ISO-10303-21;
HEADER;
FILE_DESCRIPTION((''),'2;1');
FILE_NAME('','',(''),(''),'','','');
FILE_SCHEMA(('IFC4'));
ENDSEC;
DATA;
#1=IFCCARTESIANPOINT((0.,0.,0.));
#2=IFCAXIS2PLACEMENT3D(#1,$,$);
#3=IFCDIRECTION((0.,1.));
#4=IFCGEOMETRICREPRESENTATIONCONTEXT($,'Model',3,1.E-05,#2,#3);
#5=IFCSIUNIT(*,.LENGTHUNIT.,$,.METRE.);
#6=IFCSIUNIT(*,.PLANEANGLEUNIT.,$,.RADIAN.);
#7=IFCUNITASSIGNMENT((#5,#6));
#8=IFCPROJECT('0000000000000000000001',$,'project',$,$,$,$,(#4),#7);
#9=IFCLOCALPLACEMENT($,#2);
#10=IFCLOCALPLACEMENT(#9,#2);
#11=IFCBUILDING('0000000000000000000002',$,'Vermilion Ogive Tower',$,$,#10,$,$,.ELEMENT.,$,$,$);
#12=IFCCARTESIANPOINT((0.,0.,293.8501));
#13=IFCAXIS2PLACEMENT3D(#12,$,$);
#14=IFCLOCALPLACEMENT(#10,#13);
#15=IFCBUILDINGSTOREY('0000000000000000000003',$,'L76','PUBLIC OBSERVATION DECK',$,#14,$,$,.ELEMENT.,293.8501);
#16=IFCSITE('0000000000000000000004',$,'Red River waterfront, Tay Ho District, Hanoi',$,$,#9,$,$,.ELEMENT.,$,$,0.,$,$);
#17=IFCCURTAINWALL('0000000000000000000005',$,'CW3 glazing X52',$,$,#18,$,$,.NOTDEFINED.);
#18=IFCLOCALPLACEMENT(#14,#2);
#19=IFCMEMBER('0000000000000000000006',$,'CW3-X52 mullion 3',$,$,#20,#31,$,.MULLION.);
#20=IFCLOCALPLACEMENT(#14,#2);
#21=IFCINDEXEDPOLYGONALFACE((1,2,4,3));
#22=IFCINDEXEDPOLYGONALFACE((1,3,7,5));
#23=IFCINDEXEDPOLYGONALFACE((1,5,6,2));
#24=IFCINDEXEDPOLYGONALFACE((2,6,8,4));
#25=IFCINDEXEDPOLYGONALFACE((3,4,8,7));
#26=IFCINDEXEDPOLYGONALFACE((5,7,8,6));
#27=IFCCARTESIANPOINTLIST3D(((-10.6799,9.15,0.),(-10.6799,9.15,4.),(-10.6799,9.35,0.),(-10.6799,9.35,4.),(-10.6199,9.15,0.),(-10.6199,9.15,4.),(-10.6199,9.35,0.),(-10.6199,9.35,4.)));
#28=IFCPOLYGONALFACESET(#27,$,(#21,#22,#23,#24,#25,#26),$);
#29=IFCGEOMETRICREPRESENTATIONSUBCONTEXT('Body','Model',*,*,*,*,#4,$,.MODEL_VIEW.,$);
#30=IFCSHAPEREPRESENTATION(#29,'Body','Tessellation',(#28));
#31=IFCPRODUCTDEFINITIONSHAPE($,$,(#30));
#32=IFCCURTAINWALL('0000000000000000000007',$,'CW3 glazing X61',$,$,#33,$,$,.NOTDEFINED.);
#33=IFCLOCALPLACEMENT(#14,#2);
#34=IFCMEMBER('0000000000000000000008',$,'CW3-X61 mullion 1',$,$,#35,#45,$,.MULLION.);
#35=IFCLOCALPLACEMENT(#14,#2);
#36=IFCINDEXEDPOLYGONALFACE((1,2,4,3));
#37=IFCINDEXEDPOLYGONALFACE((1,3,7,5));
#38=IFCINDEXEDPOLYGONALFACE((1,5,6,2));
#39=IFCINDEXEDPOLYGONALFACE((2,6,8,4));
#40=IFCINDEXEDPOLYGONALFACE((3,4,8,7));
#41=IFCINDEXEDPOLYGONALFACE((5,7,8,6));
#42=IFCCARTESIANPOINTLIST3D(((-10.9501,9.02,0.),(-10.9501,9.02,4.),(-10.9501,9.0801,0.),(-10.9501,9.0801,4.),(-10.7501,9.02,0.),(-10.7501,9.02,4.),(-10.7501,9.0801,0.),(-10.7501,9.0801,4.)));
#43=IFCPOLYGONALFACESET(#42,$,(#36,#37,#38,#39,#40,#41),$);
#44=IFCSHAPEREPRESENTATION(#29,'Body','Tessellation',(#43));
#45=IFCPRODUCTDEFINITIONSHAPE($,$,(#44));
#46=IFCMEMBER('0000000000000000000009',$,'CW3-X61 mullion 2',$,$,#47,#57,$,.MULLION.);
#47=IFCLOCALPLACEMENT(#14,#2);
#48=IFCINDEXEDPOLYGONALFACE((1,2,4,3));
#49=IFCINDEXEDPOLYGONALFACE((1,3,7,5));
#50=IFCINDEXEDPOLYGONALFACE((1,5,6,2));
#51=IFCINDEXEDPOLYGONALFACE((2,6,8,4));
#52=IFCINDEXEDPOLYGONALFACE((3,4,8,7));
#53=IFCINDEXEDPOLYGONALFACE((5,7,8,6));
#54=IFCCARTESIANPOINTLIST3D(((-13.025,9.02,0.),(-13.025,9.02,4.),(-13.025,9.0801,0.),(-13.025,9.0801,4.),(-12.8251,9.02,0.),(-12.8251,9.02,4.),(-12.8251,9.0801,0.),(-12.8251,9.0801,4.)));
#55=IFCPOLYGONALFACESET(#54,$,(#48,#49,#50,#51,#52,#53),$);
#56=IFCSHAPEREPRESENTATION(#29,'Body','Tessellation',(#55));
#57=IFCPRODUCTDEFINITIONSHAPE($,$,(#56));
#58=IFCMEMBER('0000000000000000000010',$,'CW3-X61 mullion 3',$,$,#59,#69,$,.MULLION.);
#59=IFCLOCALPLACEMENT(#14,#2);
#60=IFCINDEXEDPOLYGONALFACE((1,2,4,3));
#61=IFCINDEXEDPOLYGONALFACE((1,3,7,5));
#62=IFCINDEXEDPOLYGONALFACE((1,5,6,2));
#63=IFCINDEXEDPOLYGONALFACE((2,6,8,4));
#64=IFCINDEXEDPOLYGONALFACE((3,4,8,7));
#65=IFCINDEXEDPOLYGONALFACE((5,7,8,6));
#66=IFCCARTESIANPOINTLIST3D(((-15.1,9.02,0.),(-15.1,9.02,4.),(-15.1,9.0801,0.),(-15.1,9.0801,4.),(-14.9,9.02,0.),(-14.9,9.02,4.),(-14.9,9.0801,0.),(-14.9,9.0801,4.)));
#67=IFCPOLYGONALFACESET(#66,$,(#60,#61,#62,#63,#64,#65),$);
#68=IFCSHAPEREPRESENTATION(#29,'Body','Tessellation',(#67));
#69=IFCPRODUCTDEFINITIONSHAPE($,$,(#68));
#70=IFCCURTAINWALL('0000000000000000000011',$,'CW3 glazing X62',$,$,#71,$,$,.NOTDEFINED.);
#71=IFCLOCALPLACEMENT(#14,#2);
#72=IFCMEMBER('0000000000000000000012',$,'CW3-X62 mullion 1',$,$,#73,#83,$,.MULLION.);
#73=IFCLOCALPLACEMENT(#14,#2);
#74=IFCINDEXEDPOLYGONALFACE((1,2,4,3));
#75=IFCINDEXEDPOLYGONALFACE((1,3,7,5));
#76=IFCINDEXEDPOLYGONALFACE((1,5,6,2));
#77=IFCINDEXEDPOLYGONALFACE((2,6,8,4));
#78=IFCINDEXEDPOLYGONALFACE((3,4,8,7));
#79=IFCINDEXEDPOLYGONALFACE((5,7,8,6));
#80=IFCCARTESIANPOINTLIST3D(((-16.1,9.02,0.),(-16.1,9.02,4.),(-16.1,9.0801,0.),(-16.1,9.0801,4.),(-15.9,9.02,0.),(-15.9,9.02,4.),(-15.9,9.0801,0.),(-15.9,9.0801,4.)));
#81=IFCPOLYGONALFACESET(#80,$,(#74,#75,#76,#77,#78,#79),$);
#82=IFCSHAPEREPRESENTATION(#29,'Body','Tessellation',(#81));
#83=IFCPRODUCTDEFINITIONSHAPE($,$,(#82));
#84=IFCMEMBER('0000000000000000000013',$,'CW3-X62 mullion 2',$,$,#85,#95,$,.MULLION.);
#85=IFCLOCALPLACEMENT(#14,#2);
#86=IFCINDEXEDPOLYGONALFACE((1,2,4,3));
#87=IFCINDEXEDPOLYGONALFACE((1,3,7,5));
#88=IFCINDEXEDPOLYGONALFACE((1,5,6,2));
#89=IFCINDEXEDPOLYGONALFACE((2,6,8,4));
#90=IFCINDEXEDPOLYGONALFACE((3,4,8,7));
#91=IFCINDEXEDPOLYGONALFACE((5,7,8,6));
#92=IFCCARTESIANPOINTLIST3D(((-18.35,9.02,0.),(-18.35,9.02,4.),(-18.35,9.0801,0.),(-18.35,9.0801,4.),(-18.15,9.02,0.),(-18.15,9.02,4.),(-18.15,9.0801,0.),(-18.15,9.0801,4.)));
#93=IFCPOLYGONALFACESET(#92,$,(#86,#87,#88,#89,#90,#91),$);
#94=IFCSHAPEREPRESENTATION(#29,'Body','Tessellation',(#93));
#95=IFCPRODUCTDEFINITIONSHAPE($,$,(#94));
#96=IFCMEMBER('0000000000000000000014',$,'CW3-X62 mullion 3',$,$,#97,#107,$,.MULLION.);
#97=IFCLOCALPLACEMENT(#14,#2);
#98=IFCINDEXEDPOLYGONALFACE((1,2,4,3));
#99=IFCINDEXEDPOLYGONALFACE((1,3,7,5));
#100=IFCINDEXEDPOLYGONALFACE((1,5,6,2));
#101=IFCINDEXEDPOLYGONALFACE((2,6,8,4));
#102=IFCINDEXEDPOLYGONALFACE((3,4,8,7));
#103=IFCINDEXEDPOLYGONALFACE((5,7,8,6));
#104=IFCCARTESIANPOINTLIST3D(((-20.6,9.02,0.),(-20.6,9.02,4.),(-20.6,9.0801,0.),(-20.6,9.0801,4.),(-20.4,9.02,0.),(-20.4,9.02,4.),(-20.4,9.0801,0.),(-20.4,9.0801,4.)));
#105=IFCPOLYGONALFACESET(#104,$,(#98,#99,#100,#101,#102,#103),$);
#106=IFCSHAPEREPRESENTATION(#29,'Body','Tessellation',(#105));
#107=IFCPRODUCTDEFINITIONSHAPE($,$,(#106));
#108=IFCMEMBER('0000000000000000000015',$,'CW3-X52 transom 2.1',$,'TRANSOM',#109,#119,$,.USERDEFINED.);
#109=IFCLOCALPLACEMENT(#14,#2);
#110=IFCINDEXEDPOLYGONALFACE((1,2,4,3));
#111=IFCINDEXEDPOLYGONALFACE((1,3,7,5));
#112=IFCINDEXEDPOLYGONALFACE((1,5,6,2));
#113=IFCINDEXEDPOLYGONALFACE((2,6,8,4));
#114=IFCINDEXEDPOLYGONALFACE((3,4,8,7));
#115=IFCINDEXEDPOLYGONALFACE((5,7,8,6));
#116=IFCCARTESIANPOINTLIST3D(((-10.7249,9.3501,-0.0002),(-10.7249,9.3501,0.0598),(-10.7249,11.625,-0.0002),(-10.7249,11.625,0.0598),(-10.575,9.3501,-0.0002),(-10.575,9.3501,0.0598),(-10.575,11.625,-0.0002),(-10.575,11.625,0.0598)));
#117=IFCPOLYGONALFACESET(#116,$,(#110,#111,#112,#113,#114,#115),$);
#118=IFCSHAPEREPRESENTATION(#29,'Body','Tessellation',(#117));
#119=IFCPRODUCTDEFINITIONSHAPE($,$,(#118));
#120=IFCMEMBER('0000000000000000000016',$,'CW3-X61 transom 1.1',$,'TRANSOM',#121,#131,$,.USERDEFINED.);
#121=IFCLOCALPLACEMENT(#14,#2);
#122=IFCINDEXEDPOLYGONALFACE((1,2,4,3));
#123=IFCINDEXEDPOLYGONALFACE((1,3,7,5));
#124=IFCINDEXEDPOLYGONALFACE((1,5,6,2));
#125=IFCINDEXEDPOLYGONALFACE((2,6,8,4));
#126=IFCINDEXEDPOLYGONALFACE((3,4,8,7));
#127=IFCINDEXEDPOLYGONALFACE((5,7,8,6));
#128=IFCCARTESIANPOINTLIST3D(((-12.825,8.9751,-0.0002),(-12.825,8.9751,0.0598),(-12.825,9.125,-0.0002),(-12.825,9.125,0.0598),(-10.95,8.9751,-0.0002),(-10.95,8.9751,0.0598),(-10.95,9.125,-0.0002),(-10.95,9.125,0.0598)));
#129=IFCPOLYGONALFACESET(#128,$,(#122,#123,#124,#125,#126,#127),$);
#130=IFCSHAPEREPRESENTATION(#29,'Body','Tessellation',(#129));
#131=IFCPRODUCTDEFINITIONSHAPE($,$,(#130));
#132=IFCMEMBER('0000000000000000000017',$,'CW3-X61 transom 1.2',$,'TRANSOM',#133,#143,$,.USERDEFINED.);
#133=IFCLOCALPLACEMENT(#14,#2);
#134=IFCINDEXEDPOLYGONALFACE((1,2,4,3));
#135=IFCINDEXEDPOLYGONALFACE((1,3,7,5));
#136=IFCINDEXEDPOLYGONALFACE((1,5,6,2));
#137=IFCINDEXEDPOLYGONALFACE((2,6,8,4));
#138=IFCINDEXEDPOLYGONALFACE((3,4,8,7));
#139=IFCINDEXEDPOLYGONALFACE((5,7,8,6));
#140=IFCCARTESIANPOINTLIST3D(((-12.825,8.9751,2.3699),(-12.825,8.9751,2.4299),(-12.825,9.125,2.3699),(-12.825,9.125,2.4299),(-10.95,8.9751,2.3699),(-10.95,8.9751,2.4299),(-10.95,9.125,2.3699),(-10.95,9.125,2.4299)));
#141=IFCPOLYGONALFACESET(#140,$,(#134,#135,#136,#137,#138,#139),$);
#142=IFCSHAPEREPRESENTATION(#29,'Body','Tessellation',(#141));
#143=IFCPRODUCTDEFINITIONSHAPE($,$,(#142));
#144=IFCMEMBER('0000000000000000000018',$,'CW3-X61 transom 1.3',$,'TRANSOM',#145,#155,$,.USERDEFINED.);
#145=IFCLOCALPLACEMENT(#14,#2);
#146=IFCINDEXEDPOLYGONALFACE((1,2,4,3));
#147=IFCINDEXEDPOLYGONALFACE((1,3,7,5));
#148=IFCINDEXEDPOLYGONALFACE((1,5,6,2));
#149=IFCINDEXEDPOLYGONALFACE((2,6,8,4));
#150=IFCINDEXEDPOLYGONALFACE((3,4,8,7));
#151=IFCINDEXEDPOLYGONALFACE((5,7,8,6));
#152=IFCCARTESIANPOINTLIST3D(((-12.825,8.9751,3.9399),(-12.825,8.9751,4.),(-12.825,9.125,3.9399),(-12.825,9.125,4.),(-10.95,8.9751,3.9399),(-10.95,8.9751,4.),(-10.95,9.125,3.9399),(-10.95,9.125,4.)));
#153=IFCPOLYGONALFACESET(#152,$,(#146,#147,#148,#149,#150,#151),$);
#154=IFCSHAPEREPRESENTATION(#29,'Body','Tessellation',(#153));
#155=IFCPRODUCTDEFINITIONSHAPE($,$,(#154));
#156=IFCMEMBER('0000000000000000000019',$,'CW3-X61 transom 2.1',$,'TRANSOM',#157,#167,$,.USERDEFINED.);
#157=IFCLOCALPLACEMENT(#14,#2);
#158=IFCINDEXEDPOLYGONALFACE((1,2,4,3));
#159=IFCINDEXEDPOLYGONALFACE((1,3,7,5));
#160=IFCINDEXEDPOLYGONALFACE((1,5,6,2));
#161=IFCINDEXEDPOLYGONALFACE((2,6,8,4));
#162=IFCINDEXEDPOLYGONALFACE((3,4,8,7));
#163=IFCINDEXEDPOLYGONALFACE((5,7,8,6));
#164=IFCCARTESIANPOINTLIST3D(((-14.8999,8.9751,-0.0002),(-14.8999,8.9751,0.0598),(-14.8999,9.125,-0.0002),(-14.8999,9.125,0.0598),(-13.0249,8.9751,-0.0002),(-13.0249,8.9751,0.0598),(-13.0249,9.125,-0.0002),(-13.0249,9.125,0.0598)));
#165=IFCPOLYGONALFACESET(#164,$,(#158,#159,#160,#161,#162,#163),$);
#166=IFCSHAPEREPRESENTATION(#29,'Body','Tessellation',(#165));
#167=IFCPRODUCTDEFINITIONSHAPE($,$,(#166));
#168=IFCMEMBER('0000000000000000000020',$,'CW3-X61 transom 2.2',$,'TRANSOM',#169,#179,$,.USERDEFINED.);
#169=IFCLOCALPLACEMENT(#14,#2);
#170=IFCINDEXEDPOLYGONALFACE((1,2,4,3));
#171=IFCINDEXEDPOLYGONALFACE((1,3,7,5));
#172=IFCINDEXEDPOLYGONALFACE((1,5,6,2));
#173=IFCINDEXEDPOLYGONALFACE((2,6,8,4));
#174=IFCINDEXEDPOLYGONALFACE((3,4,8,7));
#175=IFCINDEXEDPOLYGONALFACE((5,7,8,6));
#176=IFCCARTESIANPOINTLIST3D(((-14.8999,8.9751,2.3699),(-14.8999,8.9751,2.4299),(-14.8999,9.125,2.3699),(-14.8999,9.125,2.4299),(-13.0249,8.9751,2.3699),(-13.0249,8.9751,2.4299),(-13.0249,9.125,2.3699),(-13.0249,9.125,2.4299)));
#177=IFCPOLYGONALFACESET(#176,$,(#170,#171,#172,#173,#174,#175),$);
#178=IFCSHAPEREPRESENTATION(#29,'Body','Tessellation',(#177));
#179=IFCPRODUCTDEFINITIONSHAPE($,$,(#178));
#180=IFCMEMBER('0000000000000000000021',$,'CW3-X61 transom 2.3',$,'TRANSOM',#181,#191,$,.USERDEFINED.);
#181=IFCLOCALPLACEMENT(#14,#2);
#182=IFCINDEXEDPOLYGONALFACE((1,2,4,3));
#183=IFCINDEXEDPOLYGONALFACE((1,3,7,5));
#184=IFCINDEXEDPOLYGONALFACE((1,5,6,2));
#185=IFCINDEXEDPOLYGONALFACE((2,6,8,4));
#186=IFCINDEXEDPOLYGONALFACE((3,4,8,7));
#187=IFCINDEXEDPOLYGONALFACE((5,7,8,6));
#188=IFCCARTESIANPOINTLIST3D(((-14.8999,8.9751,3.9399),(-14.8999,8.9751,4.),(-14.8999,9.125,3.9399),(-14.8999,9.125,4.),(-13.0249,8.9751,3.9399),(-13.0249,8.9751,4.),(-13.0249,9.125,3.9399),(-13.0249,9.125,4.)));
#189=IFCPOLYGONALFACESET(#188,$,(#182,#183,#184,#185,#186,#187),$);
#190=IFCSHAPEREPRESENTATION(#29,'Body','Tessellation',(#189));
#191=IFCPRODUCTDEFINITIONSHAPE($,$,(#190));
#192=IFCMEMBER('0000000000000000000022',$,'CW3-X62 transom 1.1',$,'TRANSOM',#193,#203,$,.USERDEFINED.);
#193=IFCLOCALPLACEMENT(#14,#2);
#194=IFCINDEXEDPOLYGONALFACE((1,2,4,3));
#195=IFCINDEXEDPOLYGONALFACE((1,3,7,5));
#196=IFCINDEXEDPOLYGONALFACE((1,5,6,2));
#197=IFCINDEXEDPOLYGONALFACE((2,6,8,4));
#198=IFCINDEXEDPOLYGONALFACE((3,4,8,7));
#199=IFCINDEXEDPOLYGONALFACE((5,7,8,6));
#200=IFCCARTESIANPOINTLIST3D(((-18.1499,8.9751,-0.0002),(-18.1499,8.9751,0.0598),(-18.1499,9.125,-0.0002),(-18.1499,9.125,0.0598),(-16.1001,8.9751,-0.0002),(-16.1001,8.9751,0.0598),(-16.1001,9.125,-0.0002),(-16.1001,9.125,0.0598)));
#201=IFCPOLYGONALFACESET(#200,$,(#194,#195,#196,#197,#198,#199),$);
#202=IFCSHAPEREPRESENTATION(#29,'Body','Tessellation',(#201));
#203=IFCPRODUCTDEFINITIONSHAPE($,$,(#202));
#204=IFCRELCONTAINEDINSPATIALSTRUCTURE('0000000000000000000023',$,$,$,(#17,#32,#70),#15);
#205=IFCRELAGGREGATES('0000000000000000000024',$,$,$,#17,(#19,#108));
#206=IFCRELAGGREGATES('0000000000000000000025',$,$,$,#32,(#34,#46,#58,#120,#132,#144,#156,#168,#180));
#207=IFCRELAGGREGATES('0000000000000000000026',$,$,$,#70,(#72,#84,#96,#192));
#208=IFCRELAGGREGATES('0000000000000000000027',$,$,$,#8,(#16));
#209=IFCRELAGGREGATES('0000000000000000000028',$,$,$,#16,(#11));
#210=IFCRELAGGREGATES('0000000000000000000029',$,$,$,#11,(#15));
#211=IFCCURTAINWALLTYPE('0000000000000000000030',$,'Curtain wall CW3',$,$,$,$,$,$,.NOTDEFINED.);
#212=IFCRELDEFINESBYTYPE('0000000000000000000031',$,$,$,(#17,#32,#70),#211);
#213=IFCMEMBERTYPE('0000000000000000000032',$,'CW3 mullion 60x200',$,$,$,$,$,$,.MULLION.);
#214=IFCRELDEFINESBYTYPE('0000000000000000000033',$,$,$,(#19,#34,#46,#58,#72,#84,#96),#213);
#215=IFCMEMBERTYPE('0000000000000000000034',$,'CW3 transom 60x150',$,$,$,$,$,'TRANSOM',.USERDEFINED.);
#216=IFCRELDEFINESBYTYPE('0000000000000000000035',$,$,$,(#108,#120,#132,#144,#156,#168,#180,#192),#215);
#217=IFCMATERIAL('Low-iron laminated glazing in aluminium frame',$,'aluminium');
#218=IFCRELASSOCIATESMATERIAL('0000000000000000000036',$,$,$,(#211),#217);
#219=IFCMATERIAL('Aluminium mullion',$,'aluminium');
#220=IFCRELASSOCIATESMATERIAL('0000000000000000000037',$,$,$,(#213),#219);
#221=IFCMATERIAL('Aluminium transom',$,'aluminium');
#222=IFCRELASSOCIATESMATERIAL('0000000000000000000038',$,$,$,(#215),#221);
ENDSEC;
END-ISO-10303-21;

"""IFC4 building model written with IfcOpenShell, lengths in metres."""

from ifc_helpers import new_model, si_unit, direction, frame, origin, origin_2d, place, context, subcontext, project, spatial, rectangle, extrude, material, material_profile, profile_set, type_object, element, aggregate, save


model = new_model("IFC4")

# Units and contexts
model_context = context("Model", 3, precision=1e-05, world=origin(), true_north=direction((0.0, 1.0)))
body_context = subcontext(model_context, "Body", "Model", "MODEL_VIEW")
ifc_project = project(units=[si_unit("LENGTHUNIT", "METRE"), si_unit("PLANEANGLEUNIT", "RADIAN")], contexts=[model_context])

# Site, building, storey
site_placement = place(None, origin())
site = spatial("IfcSite", under=ifc_project, at=site_placement, Name="Red River waterfront, Tay Ho District, Hanoi", CompositionType="ELEMENT", RefElevation=0.0)
building_placement = place(site_placement, origin())
building = spatial("IfcBuilding", under=site, at=building_placement, Name="Vermilion Ogive Tower", CompositionType="ELEMENT")
storey_placement = place(building_placement, frame((0.0, 0.0, 293.8501)))
storey = spatial("IfcBuildingStorey", under=building, at=storey_placement, Name="L76", Description="PUBLIC OBSERVATION DECK", CompositionType="ELEMENT", Elevation=293.8501)

# Curtain wall, member
ifc_material_1 = material(Name="Low-iron laminated glazing in aluminium frame", Category="aluminium")
curtain_wall_type = type_object("IfcCurtainWallType", Name="Curtain wall CW3", PredefinedType="NOTDEFINED", material=ifc_material_1)
curtain_wall_1_placement = place(storey_placement, origin())
curtain_wall_1 = element("IfcCurtainWall", 1, at=curtain_wall_1_placement, inside=storey, type_object=curtain_wall_type, Name="CW3 glazing X52", PredefinedType="NOTDEFINED")
ifc_material_2 = material(Name="Aluminium mullion", Category="aluminium")
ifc_material_profile_1 = material_profile(ifc_material_2, rectangle(XDim=0.0601, YDim=0.2, at=origin_2d()), Name="AL 60x200")
ifc_profile_set_1 = profile_set([ifc_material_profile_1], Name="Aluminium mullion")
member_type_1 = type_object("IfcMemberType", Name="CW3 mullion 60x200", PredefinedType="MULLION", material=ifc_profile_set_1)
member_1_placement = place(storey_placement, frame((-10.6499, 9.25, 0.0), z_axis=(0.0, 0.0, 1.0), x_axis=(1.0, 0.0, 0.0)))
member_1 = element("IfcMember", 2, at=member_1_placement, type_object=member_type_1, Name="CW3-X52 mullion 3", PredefinedType="MULLION", context=body_context, shape_type="SweptSolid", body=[
    extrude(rectangle(XDim=0.0601, YDim=0.2, at=origin_2d()), origin(), (0.0, 0.0, 1.0), 4.0),
])

# Curtain walls, members
curtain_wall_2_placement = place(storey_placement, origin())
curtain_wall_2 = element("IfcCurtainWall", 3, at=curtain_wall_2_placement, inside=storey, type_object=curtain_wall_type, Name="CW3 glazing X61", PredefinedType="NOTDEFINED")
member_2_placement = place(storey_placement, frame((-10.8501, 9.05, 0.0), z_axis=(0.0, 0.0, 1.0), x_axis=(0.0, -1.0, 0.0)))
member_2 = element("IfcMember", 4, at=member_2_placement, type_object=member_type_1, Name="CW3-X61 mullion 1", PredefinedType="MULLION", context=body_context, shape_type="SweptSolid", body=[
    extrude(rectangle(XDim=0.0601, YDim=0.2, at=origin_2d()), origin(), (0.0, 0.0, 1.0), 4.0),
])
member_3_placement = place(storey_placement, frame((-12.925, 9.05, 0.0), z_axis=(0.0, 0.0, 1.0), x_axis=(0.0, -1.0, 0.0)))
member_3 = element("IfcMember", 5, at=member_3_placement, type_object=member_type_1, Name="CW3-X61 mullion 2", PredefinedType="MULLION", context=body_context, shape_type="SweptSolid", body=[
    extrude(rectangle(XDim=0.0601, YDim=0.2, at=origin_2d()), origin(), (0.0, 0.0, 1.0), 4.0),
])
member_4_placement = place(storey_placement, frame((-15.0, 9.05, 0.0), z_axis=(0.0, 0.0, 1.0), x_axis=(0.0, -1.0, 0.0)))
member_4 = element("IfcMember", 6, at=member_4_placement, type_object=member_type_1, Name="CW3-X61 mullion 3", PredefinedType="MULLION", context=body_context, shape_type="SweptSolid", body=[
    extrude(rectangle(XDim=0.0601, YDim=0.2, at=origin_2d()), origin(), (0.0, 0.0, 1.0), 4.0),
])
curtain_wall_3_placement = place(storey_placement, origin())
curtain_wall_3 = element("IfcCurtainWall", 7, at=curtain_wall_3_placement, inside=storey, type_object=curtain_wall_type, Name="CW3 glazing X62", PredefinedType="NOTDEFINED")
member_5_placement = place(storey_placement, frame((-16.0, 9.05, 0.0), z_axis=(0.0, 0.0, 1.0), x_axis=(0.0, -1.0, 0.0)))
member_5 = element("IfcMember", 8, at=member_5_placement, type_object=member_type_1, Name="CW3-X62 mullion 1", PredefinedType="MULLION", context=body_context, shape_type="SweptSolid", body=[
    extrude(rectangle(XDim=0.0601, YDim=0.2, at=origin_2d()), origin(), (0.0, 0.0, 1.0), 4.0),
])
member_6_placement = place(storey_placement, frame((-18.25, 9.05, 0.0), z_axis=(0.0, 0.0, 1.0), x_axis=(0.0, -1.0, 0.0)))
member_6 = element("IfcMember", 9, at=member_6_placement, type_object=member_type_1, Name="CW3-X62 mullion 2", PredefinedType="MULLION", context=body_context, shape_type="SweptSolid", body=[
    extrude(rectangle(XDim=0.0601, YDim=0.2, at=origin_2d()), origin(), (0.0, 0.0, 1.0), 4.0),
])
member_7_placement = place(storey_placement, frame((-20.5, 9.05, 0.0), z_axis=(0.0, 0.0, 1.0), x_axis=(0.0, -1.0, 0.0)))
member_7 = element("IfcMember", 10, at=member_7_placement, type_object=member_type_1, Name="CW3-X62 mullion 3", PredefinedType="MULLION", context=body_context, shape_type="SweptSolid", body=[
    extrude(rectangle(XDim=0.0601, YDim=0.2, at=origin_2d()), origin(), (0.0, 0.0, 1.0), 4.0),
])

# Members
ifc_material_3 = material(Name="Aluminium transom", Category="aluminium")
ifc_material_profile_2 = material_profile(ifc_material_3, rectangle(XDim=0.1499, YDim=0.0601, at=origin_2d()), Name="AL 60x150")
ifc_profile_set_2 = profile_set([ifc_material_profile_2], Name="Aluminium transom")
member_type_2 = type_object("IfcMemberType", Name="CW3 transom 60x150", ElementType="TRANSOM", PredefinedType="USERDEFINED", material=ifc_profile_set_2)
member_8_placement = place(storey_placement, frame((-10.6499, 11.625, 0.0298), z_axis=(0.0, -1.0, 0.0), x_axis=(1.0, 0.0, 0.0)))
member_8 = element("IfcMember", 11, at=member_8_placement, type_object=member_type_2, Name="CW3-X52 transom 2.1", ObjectType="TRANSOM", PredefinedType="USERDEFINED", context=body_context, shape_type="SweptSolid", body=[
    extrude(rectangle(XDim=0.1499, YDim=0.0601, at=origin_2d()), origin(), (0.0, 0.0, 1.0), 2.2749),
])
member_9_placement = place(storey_placement, frame((-10.95, 9.05, 0.0298), z_axis=(-1.0, 0.0, 0.0), x_axis=(0.0, -1.0, 0.0)))
member_9 = element("IfcMember", 12, at=member_9_placement, type_object=member_type_2, Name="CW3-X61 transom 1.1", ObjectType="TRANSOM", PredefinedType="USERDEFINED", context=body_context, shape_type="SweptSolid", body=[
    extrude(rectangle(XDim=0.1499, YDim=0.0601, at=origin_2d()), origin(), (0.0, 0.0, 1.0), 1.875),
])
member_10_placement = place(storey_placement, frame((-10.95, 9.05, 2.3999), z_axis=(-1.0, 0.0, 0.0), x_axis=(0.0, -1.0, 0.0)))
member_10 = element("IfcMember", 13, at=member_10_placement, type_object=member_type_2, Name="CW3-X61 transom 1.2", ObjectType="TRANSOM", PredefinedType="USERDEFINED", context=body_context, shape_type="SweptSolid", body=[
    extrude(rectangle(XDim=0.1499, YDim=0.0601, at=origin_2d()), origin(), (0.0, 0.0, 1.0), 1.875),
])
member_11_placement = place(storey_placement, frame((-10.95, 9.05, 3.97), z_axis=(-1.0, 0.0, 0.0), x_axis=(0.0, -1.0, 0.0)))
member_11 = element("IfcMember", 14, at=member_11_placement, type_object=member_type_2, Name="CW3-X61 transom 1.3", ObjectType="TRANSOM", PredefinedType="USERDEFINED", context=body_context, shape_type="SweptSolid", body=[
    extrude(rectangle(XDim=0.1499, YDim=0.0601, at=origin_2d()), origin(), (0.0, 0.0, 1.0), 1.875),
])
member_12_placement = place(storey_placement, frame((-13.0249, 9.05, 0.0298), z_axis=(-1.0, 0.0, 0.0), x_axis=(0.0, -1.0, 0.0)))
member_12 = element("IfcMember", 15, at=member_12_placement, type_object=member_type_2, Name="CW3-X61 transom 2.1", ObjectType="TRANSOM", PredefinedType="USERDEFINED", context=body_context, shape_type="SweptSolid", body=[
    extrude(rectangle(XDim=0.1499, YDim=0.0601, at=origin_2d()), origin(), (0.0, 0.0, 1.0), 1.875),
])
member_13_placement = place(storey_placement, frame((-13.0249, 9.05, 2.3999), z_axis=(-1.0, 0.0, 0.0), x_axis=(0.0, -1.0, 0.0)))
member_13 = element("IfcMember", 16, at=member_13_placement, type_object=member_type_2, Name="CW3-X61 transom 2.2", ObjectType="TRANSOM", PredefinedType="USERDEFINED", context=body_context, shape_type="SweptSolid", body=[
    extrude(rectangle(XDim=0.1499, YDim=0.0601, at=origin_2d()), origin(), (0.0, 0.0, 1.0), 1.875),
])
member_14_placement = place(storey_placement, frame((-13.0249, 9.05, 3.97), z_axis=(-1.0, 0.0, 0.0), x_axis=(0.0, -1.0, 0.0)))
member_14 = element("IfcMember", 17, at=member_14_placement, type_object=member_type_2, Name="CW3-X61 transom 2.3", ObjectType="TRANSOM", PredefinedType="USERDEFINED", context=body_context, shape_type="SweptSolid", body=[
    extrude(rectangle(XDim=0.1499, YDim=0.0601, at=origin_2d()), origin(), (0.0, 0.0, 1.0), 1.875),
])
member_15_placement = place(storey_placement, frame((-16.1001, 9.05, 0.0298), z_axis=(-1.0, 0.0, 0.0), x_axis=(0.0, -1.0, 0.0)))
member_15 = element("IfcMember", 18, at=member_15_placement, type_object=member_type_2, Name="CW3-X62 transom 1.1", ObjectType="TRANSOM", PredefinedType="USERDEFINED", context=body_context, shape_type="SweptSolid", body=[
    extrude(rectangle(XDim=0.1499, YDim=0.0601, at=origin_2d()), origin(), (0.0, 0.0, 1.0), 2.0498),
])

aggregate(curtain_wall_1, [member_1, member_8])
aggregate(curtain_wall_2, [member_2, member_3, member_4, member_9, member_10, member_11, member_12, member_13, member_14])
aggregate(curtain_wall_3, [member_5, member_6, member_7, member_15])

save(model, "model.ifc")
